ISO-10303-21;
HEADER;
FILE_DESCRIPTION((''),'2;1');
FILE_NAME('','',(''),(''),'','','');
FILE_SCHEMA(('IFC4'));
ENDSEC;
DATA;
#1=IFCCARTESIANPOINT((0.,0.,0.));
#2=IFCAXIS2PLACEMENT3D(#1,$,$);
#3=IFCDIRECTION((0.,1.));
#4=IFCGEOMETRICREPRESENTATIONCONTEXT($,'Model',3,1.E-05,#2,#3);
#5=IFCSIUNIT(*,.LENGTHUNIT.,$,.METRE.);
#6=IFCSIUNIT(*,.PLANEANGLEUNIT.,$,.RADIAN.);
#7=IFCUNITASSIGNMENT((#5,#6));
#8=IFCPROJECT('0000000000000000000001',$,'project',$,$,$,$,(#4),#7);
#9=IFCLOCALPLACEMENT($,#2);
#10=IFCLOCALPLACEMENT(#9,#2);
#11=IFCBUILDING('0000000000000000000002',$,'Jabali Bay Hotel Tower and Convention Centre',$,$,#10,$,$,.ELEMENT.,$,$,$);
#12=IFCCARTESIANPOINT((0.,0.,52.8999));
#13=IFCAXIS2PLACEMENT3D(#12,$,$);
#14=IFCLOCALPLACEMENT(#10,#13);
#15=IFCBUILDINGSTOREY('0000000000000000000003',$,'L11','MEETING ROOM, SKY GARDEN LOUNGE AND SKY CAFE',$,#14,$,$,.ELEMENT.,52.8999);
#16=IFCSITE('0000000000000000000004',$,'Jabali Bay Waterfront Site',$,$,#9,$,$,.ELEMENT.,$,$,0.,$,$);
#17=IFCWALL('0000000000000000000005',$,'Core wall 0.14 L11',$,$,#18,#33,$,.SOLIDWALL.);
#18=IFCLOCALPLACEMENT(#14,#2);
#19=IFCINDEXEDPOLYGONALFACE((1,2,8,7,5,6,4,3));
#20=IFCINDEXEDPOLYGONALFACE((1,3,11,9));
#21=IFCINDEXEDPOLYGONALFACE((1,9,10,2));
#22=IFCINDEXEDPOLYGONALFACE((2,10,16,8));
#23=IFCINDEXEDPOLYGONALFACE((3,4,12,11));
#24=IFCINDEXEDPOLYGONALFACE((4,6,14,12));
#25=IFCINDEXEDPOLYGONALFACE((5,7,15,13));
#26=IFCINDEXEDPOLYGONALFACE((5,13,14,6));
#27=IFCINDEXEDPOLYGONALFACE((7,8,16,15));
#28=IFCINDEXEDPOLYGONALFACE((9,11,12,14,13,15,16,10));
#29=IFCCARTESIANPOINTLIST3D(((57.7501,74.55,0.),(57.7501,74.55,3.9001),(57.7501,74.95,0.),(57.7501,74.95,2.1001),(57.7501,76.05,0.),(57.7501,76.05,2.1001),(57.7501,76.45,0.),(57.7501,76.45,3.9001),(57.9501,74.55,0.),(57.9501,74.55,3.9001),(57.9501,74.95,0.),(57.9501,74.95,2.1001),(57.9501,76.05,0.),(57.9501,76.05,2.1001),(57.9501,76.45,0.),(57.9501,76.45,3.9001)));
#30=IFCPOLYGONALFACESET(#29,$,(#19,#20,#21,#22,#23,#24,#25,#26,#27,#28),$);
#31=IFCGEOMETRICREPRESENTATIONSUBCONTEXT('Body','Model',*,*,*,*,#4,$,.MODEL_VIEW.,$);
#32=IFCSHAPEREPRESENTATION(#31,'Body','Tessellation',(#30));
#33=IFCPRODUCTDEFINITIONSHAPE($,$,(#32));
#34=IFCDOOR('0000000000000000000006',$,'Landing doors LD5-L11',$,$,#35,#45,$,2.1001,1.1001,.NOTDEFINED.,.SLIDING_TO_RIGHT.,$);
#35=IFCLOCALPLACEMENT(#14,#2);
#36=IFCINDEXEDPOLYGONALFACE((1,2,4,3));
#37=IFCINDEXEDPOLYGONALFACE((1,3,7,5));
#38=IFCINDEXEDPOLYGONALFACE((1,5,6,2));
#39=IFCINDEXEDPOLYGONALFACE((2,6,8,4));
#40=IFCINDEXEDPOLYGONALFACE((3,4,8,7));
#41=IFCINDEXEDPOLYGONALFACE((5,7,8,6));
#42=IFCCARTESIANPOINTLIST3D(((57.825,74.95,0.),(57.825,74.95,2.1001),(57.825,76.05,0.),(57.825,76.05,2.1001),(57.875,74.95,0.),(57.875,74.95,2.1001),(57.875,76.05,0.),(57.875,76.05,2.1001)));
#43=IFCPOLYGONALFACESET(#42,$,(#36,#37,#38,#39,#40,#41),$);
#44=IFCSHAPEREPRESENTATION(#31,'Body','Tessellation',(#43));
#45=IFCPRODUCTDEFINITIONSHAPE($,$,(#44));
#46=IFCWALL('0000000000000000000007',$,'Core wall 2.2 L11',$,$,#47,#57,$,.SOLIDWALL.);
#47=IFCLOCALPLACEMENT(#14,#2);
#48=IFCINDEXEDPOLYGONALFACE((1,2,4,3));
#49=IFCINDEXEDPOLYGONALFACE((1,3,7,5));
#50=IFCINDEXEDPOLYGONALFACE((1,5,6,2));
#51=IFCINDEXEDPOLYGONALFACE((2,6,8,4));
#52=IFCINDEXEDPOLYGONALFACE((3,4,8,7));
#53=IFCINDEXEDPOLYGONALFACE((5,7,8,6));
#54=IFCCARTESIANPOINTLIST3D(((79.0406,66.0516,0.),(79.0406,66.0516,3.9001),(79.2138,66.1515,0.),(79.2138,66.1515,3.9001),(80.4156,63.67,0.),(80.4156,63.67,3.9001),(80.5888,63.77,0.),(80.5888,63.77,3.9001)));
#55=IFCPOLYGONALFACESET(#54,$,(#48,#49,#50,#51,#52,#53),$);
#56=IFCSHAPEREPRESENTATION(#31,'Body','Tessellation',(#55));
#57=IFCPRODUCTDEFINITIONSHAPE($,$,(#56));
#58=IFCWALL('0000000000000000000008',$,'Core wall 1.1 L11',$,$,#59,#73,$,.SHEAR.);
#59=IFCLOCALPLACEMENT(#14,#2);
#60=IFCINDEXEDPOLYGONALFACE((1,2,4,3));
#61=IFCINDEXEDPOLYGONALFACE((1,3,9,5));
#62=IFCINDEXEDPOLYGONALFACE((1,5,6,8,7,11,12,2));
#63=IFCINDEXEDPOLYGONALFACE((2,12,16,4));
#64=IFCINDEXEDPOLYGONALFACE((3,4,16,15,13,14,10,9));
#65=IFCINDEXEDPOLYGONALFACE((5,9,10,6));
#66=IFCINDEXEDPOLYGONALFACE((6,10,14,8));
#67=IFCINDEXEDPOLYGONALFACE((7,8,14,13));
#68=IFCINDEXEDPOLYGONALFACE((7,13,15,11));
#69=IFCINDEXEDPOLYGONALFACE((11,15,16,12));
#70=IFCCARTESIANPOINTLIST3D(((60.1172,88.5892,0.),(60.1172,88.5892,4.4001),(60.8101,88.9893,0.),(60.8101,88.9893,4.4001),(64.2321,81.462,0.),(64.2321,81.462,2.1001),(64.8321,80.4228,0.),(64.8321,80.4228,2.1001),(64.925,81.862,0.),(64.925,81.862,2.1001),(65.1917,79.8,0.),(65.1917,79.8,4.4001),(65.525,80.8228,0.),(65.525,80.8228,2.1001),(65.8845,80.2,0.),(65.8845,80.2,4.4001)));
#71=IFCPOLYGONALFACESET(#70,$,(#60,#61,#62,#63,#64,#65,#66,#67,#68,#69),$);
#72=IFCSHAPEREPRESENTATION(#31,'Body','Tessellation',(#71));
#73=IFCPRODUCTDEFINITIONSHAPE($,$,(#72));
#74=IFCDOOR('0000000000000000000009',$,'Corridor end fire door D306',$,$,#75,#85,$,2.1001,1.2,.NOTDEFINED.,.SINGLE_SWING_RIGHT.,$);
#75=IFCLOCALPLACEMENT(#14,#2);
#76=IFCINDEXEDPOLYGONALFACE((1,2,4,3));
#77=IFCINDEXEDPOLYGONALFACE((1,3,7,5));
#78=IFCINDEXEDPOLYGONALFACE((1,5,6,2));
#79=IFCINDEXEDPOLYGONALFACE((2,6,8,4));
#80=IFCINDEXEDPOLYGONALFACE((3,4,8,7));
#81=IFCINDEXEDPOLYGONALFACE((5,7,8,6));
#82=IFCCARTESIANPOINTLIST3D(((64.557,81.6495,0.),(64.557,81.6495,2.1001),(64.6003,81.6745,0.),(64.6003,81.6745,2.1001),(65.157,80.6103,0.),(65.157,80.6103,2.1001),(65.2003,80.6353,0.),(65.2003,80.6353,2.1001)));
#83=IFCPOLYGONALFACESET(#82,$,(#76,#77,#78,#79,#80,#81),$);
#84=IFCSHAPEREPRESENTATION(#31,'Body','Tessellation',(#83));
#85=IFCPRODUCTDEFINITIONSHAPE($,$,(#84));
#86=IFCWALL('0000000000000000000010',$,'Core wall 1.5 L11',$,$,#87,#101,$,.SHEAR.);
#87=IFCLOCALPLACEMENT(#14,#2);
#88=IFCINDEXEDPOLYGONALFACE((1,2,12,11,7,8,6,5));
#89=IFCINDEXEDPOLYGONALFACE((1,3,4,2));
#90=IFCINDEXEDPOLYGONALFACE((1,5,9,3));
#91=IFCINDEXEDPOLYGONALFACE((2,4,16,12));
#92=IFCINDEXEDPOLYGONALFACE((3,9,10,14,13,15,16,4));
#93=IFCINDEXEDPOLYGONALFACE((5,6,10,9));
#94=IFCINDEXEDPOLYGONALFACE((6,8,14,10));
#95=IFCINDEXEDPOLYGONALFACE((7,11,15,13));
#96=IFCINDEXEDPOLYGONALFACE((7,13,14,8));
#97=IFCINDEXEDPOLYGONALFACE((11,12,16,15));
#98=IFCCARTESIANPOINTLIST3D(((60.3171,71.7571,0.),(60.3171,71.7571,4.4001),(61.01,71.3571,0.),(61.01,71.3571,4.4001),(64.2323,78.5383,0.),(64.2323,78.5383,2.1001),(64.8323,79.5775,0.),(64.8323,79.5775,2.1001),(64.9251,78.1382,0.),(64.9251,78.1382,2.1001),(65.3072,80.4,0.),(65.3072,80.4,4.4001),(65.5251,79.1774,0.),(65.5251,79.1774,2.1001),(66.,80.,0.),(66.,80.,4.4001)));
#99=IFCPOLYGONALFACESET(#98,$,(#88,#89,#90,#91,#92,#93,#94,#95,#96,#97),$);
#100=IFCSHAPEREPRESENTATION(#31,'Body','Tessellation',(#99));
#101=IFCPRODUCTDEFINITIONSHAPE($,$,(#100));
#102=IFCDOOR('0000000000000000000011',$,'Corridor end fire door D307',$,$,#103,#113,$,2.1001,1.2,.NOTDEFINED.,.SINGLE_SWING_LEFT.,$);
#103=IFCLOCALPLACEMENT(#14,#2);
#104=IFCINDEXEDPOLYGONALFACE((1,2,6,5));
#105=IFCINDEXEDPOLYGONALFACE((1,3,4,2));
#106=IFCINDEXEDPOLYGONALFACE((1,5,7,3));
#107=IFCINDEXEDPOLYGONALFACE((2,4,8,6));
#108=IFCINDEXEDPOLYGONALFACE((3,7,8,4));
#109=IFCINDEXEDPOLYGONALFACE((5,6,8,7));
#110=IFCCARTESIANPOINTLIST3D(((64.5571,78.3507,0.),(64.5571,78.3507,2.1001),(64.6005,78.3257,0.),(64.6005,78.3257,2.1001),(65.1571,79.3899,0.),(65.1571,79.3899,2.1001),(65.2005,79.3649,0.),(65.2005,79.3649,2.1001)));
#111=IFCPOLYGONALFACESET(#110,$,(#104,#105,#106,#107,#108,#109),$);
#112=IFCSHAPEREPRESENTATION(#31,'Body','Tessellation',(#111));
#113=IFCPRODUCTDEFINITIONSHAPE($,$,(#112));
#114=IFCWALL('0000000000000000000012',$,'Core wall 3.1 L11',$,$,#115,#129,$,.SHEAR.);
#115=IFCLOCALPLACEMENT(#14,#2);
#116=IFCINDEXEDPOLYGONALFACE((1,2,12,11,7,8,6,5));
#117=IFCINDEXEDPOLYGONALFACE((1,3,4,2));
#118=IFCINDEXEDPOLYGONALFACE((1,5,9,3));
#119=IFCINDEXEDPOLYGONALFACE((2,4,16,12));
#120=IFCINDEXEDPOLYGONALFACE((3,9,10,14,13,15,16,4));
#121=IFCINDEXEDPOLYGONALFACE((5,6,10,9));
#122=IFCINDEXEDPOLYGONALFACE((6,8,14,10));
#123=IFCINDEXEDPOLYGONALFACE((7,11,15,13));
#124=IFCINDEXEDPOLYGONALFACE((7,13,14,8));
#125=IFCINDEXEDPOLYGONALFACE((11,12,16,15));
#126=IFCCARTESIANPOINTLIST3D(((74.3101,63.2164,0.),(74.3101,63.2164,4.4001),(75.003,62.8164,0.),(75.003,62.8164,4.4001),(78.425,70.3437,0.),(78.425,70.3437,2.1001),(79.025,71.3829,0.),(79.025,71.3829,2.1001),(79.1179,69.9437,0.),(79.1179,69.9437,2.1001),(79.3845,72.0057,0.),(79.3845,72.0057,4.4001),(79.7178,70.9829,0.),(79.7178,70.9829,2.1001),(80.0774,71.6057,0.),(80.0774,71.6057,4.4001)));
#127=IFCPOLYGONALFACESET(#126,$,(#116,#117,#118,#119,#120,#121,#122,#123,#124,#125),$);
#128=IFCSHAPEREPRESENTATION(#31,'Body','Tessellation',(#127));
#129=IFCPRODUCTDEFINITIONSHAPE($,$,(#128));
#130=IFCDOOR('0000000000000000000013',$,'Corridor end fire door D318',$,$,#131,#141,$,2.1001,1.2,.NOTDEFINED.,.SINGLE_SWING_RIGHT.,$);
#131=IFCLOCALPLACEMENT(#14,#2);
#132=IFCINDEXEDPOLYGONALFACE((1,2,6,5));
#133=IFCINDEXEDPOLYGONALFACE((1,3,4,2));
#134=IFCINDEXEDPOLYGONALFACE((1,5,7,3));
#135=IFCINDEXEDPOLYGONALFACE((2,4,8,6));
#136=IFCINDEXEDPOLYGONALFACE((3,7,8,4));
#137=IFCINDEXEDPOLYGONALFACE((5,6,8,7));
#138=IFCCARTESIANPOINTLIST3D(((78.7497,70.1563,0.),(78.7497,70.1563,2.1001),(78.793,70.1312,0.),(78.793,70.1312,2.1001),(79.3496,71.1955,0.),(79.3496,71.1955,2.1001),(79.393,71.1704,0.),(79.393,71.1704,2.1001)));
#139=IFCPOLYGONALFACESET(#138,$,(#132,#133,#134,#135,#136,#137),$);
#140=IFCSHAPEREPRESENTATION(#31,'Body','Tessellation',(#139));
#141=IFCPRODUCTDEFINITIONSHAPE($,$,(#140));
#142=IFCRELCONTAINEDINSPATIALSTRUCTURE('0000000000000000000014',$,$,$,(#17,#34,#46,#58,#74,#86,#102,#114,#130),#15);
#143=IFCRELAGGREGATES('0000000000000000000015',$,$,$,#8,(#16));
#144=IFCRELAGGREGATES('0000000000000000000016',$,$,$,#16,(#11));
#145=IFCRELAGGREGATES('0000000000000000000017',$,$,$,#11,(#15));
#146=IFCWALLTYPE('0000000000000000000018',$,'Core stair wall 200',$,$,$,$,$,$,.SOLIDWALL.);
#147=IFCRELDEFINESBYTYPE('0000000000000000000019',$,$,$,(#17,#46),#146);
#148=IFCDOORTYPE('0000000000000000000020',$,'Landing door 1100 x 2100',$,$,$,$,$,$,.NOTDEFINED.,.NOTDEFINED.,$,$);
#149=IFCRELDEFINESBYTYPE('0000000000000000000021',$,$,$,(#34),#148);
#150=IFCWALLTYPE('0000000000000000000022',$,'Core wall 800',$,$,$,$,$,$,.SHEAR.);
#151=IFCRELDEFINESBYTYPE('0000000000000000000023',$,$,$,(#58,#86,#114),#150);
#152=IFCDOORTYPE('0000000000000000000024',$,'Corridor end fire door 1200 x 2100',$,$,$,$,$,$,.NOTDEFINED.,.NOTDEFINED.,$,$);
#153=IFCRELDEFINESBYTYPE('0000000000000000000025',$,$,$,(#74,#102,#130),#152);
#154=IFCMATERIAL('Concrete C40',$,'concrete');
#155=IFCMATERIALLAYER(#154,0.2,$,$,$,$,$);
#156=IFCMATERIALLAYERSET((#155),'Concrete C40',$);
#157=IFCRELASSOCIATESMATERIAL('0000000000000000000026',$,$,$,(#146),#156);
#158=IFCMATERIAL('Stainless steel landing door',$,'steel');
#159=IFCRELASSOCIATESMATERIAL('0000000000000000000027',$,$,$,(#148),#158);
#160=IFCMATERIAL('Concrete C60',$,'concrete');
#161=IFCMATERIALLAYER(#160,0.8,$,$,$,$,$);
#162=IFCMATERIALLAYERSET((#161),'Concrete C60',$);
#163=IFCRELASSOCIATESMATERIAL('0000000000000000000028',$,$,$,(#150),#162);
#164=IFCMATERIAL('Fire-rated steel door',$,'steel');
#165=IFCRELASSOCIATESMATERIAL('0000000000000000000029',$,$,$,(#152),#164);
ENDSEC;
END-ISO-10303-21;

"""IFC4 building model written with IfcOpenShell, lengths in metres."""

from ifc_helpers import new_model, si_unit, direction, frame, frame_2d, origin, place, context, subcontext, project, spatial, rectangle, extrude, material, layer, layer_set, type_object, element, fill, save


model = new_model("IFC4")

# Units and contexts
model_context = context("Model", 3, precision=1e-05, world=origin(), true_north=direction((0.0, 1.0)))
body_context = subcontext(model_context, "Body", "Model", "MODEL_VIEW")
ifc_project = project(units=[si_unit("LENGTHUNIT", "METRE"), si_unit("PLANEANGLEUNIT", "RADIAN")], contexts=[model_context])

# Site, building, storey
site_placement = place(None, origin())
site = spatial("IfcSite", under=ifc_project, at=site_placement, Name="Jabali Bay Waterfront Site", CompositionType="ELEMENT", RefElevation=0.0)
building_placement = place(site_placement, origin())
building = spatial("IfcBuilding", under=site, at=building_placement, Name="Jabali Bay Hotel Tower and Convention Centre", CompositionType="ELEMENT")
storey_placement = place(building_placement, frame((0.0, 0.0, 52.8999)))
storey = spatial("IfcBuildingStorey", under=building, at=storey_placement, Name="L11", Description="MEETING ROOM, SKY GARDEN LOUNGE AND SKY CAFE", CompositionType="ELEMENT", Elevation=52.8999)

# Shared definitions
ifc_material_1 = material(Name="Concrete C40", Category="concrete")
ifc_material_2 = material(Name="Fire-rated steel door", Category="steel")

# Shared definitions
ifc_layer_1 = layer(ifc_material_1, 0.2)
ifc_layer_set_1 = layer_set([ifc_layer_1], Name="Concrete C40")
wall_type_1 = type_object("IfcWallType", Name="Core stair wall 200", PredefinedType="SOLIDWALL", material=ifc_layer_set_1)

# Wall, opening, door
wall_1_placement = place(storey_placement, frame((57.8501, 76.45, 0.0), z_axis=(0.0, 0.0, 1.0), x_axis=(0.0, -1.0, 0.0)))
wall_1 = element("IfcWall", 1, at=wall_1_placement, inside=storey, type_object=wall_type_1, Name="Core wall 0.14 L11", PredefinedType="SOLIDWALL", context=body_context, shape_type="SweptSolid", body=[
    extrude(rectangle(XDim=1.8999, YDim=0.2, at=frame_2d((0.95, 0.0))), origin(), (0.0, 0.0, 1.0), 3.9001),
])
opening_1_placement = place(wall_1_placement, frame((0.3999, 0.0, 0.0)))
opening_1 = element("IfcOpeningElement", 2, at=opening_1_placement, cuts=wall_1, PredefinedType="OPENING", context=body_context, shape_type="SweptSolid", body=[
    extrude(rectangle(XDim=1.1001, YDim=2.1001, at=frame_2d((0.55, 1.05))), frame((0.0, 0.1104, 0.0), z_axis=(0.0, -1.0, 0.0), x_axis=(1.0, 0.0, 0.0)), (0.0, 0.0, 1.0), 0.2209),
])
ifc_material_3 = material(Name="Stainless steel landing door", Category="steel")
door_type_1 = type_object("IfcDoorType", Name="Landing door 1100 x 2100", OperationType="NOTDEFINED", PredefinedType="NOTDEFINED", material=ifc_material_3)
door_1_placement = place(opening_1_placement, origin())
door_1 = element("IfcDoor", 3, at=door_1_placement, inside=storey, type_object=door_type_1, Name="Landing doors LD5-L11", OperationType="SLIDING_TO_RIGHT", OverallHeight=2.1001, OverallWidth=1.1001, PredefinedType="NOTDEFINED", context=body_context, shape_type="SweptSolid", body=[
    extrude(rectangle(XDim=1.1001, YDim=2.1001, at=frame_2d((0.55, 1.05))), frame((0.0, 0.0249, 0.0), z_axis=(0.0, -1.0, 0.0), x_axis=(1.0, 0.0, 0.0)), (0.0, 0.0, 1.0), 0.05),
])
fill(opening_1, door_1)

# Wall
wall_2_placement = place(storey_placement, frame((79.1272, 66.1016, 0.0), z_axis=(0.0, 0.0, 1.0), x_axis=(0.499997, -0.866027, 0.0)))
element("IfcWall", 4, at=wall_2_placement, inside=storey, type_object=wall_type_1, Name="Core wall 2.2 L11", PredefinedType="SOLIDWALL", context=body_context, shape_type="SweptSolid", body=[
    extrude(rectangle(XDim=2.75, YDim=0.2, at=frame_2d((1.375, 0.0))), origin(), (0.0, 0.0, 1.0), 3.9001),
])

# Walls, openings, doors
ifc_material_4 = material(Name="Concrete C60", Category="concrete")
ifc_layer_2 = layer(ifc_material_4, 0.8)
ifc_layer_set_2 = layer_set([ifc_layer_2], Name="Concrete C60")
wall_type_2 = type_object("IfcWallType", Name="Core wall 800", PredefinedType="SHEAR", material=ifc_layer_set_2)
wall_3_placement = place(storey_placement, frame((65.5381, 80.0, 0.0), z_axis=(0.0, 0.0, 1.0), x_axis=(-0.499997, 0.866027, 0.0)))
wall_3 = element("IfcWall", 5, at=wall_3_placement, inside=storey, type_object=wall_type_2, Name="Core wall 1.1 L11", PredefinedType="SHEAR", context=body_context, shape_type="SweptSolid", body=[
    extrude(rectangle(XDim=10.1489, YDim=0.8, at=frame_2d((5.0745, 0.0))), origin(), (0.0, 0.0, 1.0), 4.4001),
])
opening_2_placement = place(wall_3_placement, frame((0.719, 0.0, 0.0)))
opening_2 = element("IfcOpeningElement", 6, at=opening_2_placement, cuts=wall_3, PredefinedType="OPENING", context=body_context, shape_type="SweptSolid", body=[
    extrude(rectangle(XDim=1.2, YDim=2.1001, at=frame_2d((0.6001, 1.05))), frame((0.0, 0.4106, 0.0), z_axis=(0.0, -1.0, 0.0), x_axis=(1.0, 0.0, 0.0)), (0.0, 0.0, 1.0), 0.821),
])
door_type_2 = type_object("IfcDoorType", Name="Corridor end fire door 1200 x 2100", OperationType="NOTDEFINED", PredefinedType="NOTDEFINED", material=ifc_material_2)
door_2_placement = place(opening_2_placement, origin())
door_2 = element("IfcDoor", 7, at=door_2_placement, inside=storey, type_object=door_type_2, Name="Corridor end fire door D306", OperationType="SINGLE_SWING_RIGHT", OverallHeight=2.1001, OverallWidth=1.2, PredefinedType="NOTDEFINED", context=body_context, shape_type="SweptSolid", body=[
    extrude(rectangle(XDim=1.2, YDim=2.1001, at=frame_2d((0.6001, 1.05))), frame((0.0, 0.0249, 0.0), z_axis=(0.0, -1.0, 0.0), x_axis=(1.0, 0.0, 0.0)), (0.0, 0.0, 1.0), 0.05),
])
fill(opening_2, door_2)
wall_4_placement = place(storey_placement, frame((60.6636, 71.5571, 0.0), z_axis=(0.0, 0.0, 1.0), x_axis=(0.500004, 0.866023, 0.0)))
wall_4 = element("IfcWall", 8, at=wall_4_placement, inside=storey, type_object=wall_type_2, Name="Core wall 1.5 L11", PredefinedType="SHEAR", context=body_context, shape_type="SweptSolid", body=[
    extrude(rectangle(XDim=9.98, YDim=0.8, at=frame_2d((4.99, 0.0))), origin(), (0.0, 0.0, 1.0), 4.4001),
])
opening_3_placement = place(wall_4_placement, frame((7.8301, 0.0, 0.0)))
opening_3 = element("IfcOpeningElement", 9, at=opening_3_placement, cuts=wall_4, PredefinedType="OPENING", context=body_context, shape_type="SweptSolid", body=[
    extrude(rectangle(XDim=1.2, YDim=2.1001, at=frame_2d((0.6001, 1.05))), frame((0.0, 0.4106, 0.0), z_axis=(0.0, -1.0, 0.0), x_axis=(1.0, 0.0, 0.0)), (0.0, 0.0, 1.0), 0.821),
])
door_3_placement = place(opening_3_placement, origin())
door_3 = element("IfcDoor", 10, at=door_3_placement, inside=storey, type_object=door_type_2, Name="Corridor end fire door D307", OperationType="SINGLE_SWING_LEFT", OverallHeight=2.1001, OverallWidth=1.2, PredefinedType="NOTDEFINED", context=body_context, shape_type="SweptSolid", body=[
    extrude(rectangle(XDim=1.2, YDim=2.1001, at=frame_2d((0.6001, 1.05))), frame((0.0, 0.0249, 0.0), z_axis=(0.0, -1.0, 0.0), x_axis=(1.0, 0.0, 0.0)), (0.0, 0.0, 1.0), 0.05),
])
fill(opening_3, door_3)
wall_5_placement = place(storey_placement, frame((79.731, 71.8057, 0.0), z_axis=(0.0, 0.0, 1.0), x_axis=(-0.499997, -0.866027, 0.0)))
wall_5 = element("IfcWall", 11, at=wall_5_placement, inside=storey, type_object=wall_type_2, Name="Core wall 3.1 L11", PredefinedType="SHEAR", context=body_context, shape_type="SweptSolid", body=[
    extrude(rectangle(XDim=10.1489, YDim=0.8, at=frame_2d((5.0745, 0.0))), origin(), (0.0, 0.0, 1.0), 4.4001),
])
opening_4_placement = place(wall_5_placement, frame((0.719, 0.0, 0.0)))
opening_4 = element("IfcOpeningElement", 12, at=opening_4_placement, cuts=wall_5, PredefinedType="OPENING", context=body_context, shape_type="SweptSolid", body=[
    extrude(rectangle(XDim=1.2, YDim=2.1001, at=frame_2d((0.6001, 1.05))), frame((0.0, 0.4106, 0.0), z_axis=(0.0, -1.0, 0.0), x_axis=(1.0, 0.0, 0.0)), (0.0, 0.0, 1.0), 0.821),
])
door_4_placement = place(opening_4_placement, origin())
door_4 = element("IfcDoor", 13, at=door_4_placement, inside=storey, type_object=door_type_2, Name="Corridor end fire door D318", OperationType="SINGLE_SWING_RIGHT", OverallHeight=2.1001, OverallWidth=1.2, PredefinedType="NOTDEFINED", context=body_context, shape_type="SweptSolid", body=[
    extrude(rectangle(XDim=1.2, YDim=2.1001, at=frame_2d((0.6001, 1.05))), frame((0.0, 0.0249, 0.0), z_axis=(0.0, -1.0, 0.0), x_axis=(1.0, 0.0, 0.0)), (0.0, 0.0, 1.0), 0.05),
])
fill(opening_4, door_4)

save(model, "model.ifc")
